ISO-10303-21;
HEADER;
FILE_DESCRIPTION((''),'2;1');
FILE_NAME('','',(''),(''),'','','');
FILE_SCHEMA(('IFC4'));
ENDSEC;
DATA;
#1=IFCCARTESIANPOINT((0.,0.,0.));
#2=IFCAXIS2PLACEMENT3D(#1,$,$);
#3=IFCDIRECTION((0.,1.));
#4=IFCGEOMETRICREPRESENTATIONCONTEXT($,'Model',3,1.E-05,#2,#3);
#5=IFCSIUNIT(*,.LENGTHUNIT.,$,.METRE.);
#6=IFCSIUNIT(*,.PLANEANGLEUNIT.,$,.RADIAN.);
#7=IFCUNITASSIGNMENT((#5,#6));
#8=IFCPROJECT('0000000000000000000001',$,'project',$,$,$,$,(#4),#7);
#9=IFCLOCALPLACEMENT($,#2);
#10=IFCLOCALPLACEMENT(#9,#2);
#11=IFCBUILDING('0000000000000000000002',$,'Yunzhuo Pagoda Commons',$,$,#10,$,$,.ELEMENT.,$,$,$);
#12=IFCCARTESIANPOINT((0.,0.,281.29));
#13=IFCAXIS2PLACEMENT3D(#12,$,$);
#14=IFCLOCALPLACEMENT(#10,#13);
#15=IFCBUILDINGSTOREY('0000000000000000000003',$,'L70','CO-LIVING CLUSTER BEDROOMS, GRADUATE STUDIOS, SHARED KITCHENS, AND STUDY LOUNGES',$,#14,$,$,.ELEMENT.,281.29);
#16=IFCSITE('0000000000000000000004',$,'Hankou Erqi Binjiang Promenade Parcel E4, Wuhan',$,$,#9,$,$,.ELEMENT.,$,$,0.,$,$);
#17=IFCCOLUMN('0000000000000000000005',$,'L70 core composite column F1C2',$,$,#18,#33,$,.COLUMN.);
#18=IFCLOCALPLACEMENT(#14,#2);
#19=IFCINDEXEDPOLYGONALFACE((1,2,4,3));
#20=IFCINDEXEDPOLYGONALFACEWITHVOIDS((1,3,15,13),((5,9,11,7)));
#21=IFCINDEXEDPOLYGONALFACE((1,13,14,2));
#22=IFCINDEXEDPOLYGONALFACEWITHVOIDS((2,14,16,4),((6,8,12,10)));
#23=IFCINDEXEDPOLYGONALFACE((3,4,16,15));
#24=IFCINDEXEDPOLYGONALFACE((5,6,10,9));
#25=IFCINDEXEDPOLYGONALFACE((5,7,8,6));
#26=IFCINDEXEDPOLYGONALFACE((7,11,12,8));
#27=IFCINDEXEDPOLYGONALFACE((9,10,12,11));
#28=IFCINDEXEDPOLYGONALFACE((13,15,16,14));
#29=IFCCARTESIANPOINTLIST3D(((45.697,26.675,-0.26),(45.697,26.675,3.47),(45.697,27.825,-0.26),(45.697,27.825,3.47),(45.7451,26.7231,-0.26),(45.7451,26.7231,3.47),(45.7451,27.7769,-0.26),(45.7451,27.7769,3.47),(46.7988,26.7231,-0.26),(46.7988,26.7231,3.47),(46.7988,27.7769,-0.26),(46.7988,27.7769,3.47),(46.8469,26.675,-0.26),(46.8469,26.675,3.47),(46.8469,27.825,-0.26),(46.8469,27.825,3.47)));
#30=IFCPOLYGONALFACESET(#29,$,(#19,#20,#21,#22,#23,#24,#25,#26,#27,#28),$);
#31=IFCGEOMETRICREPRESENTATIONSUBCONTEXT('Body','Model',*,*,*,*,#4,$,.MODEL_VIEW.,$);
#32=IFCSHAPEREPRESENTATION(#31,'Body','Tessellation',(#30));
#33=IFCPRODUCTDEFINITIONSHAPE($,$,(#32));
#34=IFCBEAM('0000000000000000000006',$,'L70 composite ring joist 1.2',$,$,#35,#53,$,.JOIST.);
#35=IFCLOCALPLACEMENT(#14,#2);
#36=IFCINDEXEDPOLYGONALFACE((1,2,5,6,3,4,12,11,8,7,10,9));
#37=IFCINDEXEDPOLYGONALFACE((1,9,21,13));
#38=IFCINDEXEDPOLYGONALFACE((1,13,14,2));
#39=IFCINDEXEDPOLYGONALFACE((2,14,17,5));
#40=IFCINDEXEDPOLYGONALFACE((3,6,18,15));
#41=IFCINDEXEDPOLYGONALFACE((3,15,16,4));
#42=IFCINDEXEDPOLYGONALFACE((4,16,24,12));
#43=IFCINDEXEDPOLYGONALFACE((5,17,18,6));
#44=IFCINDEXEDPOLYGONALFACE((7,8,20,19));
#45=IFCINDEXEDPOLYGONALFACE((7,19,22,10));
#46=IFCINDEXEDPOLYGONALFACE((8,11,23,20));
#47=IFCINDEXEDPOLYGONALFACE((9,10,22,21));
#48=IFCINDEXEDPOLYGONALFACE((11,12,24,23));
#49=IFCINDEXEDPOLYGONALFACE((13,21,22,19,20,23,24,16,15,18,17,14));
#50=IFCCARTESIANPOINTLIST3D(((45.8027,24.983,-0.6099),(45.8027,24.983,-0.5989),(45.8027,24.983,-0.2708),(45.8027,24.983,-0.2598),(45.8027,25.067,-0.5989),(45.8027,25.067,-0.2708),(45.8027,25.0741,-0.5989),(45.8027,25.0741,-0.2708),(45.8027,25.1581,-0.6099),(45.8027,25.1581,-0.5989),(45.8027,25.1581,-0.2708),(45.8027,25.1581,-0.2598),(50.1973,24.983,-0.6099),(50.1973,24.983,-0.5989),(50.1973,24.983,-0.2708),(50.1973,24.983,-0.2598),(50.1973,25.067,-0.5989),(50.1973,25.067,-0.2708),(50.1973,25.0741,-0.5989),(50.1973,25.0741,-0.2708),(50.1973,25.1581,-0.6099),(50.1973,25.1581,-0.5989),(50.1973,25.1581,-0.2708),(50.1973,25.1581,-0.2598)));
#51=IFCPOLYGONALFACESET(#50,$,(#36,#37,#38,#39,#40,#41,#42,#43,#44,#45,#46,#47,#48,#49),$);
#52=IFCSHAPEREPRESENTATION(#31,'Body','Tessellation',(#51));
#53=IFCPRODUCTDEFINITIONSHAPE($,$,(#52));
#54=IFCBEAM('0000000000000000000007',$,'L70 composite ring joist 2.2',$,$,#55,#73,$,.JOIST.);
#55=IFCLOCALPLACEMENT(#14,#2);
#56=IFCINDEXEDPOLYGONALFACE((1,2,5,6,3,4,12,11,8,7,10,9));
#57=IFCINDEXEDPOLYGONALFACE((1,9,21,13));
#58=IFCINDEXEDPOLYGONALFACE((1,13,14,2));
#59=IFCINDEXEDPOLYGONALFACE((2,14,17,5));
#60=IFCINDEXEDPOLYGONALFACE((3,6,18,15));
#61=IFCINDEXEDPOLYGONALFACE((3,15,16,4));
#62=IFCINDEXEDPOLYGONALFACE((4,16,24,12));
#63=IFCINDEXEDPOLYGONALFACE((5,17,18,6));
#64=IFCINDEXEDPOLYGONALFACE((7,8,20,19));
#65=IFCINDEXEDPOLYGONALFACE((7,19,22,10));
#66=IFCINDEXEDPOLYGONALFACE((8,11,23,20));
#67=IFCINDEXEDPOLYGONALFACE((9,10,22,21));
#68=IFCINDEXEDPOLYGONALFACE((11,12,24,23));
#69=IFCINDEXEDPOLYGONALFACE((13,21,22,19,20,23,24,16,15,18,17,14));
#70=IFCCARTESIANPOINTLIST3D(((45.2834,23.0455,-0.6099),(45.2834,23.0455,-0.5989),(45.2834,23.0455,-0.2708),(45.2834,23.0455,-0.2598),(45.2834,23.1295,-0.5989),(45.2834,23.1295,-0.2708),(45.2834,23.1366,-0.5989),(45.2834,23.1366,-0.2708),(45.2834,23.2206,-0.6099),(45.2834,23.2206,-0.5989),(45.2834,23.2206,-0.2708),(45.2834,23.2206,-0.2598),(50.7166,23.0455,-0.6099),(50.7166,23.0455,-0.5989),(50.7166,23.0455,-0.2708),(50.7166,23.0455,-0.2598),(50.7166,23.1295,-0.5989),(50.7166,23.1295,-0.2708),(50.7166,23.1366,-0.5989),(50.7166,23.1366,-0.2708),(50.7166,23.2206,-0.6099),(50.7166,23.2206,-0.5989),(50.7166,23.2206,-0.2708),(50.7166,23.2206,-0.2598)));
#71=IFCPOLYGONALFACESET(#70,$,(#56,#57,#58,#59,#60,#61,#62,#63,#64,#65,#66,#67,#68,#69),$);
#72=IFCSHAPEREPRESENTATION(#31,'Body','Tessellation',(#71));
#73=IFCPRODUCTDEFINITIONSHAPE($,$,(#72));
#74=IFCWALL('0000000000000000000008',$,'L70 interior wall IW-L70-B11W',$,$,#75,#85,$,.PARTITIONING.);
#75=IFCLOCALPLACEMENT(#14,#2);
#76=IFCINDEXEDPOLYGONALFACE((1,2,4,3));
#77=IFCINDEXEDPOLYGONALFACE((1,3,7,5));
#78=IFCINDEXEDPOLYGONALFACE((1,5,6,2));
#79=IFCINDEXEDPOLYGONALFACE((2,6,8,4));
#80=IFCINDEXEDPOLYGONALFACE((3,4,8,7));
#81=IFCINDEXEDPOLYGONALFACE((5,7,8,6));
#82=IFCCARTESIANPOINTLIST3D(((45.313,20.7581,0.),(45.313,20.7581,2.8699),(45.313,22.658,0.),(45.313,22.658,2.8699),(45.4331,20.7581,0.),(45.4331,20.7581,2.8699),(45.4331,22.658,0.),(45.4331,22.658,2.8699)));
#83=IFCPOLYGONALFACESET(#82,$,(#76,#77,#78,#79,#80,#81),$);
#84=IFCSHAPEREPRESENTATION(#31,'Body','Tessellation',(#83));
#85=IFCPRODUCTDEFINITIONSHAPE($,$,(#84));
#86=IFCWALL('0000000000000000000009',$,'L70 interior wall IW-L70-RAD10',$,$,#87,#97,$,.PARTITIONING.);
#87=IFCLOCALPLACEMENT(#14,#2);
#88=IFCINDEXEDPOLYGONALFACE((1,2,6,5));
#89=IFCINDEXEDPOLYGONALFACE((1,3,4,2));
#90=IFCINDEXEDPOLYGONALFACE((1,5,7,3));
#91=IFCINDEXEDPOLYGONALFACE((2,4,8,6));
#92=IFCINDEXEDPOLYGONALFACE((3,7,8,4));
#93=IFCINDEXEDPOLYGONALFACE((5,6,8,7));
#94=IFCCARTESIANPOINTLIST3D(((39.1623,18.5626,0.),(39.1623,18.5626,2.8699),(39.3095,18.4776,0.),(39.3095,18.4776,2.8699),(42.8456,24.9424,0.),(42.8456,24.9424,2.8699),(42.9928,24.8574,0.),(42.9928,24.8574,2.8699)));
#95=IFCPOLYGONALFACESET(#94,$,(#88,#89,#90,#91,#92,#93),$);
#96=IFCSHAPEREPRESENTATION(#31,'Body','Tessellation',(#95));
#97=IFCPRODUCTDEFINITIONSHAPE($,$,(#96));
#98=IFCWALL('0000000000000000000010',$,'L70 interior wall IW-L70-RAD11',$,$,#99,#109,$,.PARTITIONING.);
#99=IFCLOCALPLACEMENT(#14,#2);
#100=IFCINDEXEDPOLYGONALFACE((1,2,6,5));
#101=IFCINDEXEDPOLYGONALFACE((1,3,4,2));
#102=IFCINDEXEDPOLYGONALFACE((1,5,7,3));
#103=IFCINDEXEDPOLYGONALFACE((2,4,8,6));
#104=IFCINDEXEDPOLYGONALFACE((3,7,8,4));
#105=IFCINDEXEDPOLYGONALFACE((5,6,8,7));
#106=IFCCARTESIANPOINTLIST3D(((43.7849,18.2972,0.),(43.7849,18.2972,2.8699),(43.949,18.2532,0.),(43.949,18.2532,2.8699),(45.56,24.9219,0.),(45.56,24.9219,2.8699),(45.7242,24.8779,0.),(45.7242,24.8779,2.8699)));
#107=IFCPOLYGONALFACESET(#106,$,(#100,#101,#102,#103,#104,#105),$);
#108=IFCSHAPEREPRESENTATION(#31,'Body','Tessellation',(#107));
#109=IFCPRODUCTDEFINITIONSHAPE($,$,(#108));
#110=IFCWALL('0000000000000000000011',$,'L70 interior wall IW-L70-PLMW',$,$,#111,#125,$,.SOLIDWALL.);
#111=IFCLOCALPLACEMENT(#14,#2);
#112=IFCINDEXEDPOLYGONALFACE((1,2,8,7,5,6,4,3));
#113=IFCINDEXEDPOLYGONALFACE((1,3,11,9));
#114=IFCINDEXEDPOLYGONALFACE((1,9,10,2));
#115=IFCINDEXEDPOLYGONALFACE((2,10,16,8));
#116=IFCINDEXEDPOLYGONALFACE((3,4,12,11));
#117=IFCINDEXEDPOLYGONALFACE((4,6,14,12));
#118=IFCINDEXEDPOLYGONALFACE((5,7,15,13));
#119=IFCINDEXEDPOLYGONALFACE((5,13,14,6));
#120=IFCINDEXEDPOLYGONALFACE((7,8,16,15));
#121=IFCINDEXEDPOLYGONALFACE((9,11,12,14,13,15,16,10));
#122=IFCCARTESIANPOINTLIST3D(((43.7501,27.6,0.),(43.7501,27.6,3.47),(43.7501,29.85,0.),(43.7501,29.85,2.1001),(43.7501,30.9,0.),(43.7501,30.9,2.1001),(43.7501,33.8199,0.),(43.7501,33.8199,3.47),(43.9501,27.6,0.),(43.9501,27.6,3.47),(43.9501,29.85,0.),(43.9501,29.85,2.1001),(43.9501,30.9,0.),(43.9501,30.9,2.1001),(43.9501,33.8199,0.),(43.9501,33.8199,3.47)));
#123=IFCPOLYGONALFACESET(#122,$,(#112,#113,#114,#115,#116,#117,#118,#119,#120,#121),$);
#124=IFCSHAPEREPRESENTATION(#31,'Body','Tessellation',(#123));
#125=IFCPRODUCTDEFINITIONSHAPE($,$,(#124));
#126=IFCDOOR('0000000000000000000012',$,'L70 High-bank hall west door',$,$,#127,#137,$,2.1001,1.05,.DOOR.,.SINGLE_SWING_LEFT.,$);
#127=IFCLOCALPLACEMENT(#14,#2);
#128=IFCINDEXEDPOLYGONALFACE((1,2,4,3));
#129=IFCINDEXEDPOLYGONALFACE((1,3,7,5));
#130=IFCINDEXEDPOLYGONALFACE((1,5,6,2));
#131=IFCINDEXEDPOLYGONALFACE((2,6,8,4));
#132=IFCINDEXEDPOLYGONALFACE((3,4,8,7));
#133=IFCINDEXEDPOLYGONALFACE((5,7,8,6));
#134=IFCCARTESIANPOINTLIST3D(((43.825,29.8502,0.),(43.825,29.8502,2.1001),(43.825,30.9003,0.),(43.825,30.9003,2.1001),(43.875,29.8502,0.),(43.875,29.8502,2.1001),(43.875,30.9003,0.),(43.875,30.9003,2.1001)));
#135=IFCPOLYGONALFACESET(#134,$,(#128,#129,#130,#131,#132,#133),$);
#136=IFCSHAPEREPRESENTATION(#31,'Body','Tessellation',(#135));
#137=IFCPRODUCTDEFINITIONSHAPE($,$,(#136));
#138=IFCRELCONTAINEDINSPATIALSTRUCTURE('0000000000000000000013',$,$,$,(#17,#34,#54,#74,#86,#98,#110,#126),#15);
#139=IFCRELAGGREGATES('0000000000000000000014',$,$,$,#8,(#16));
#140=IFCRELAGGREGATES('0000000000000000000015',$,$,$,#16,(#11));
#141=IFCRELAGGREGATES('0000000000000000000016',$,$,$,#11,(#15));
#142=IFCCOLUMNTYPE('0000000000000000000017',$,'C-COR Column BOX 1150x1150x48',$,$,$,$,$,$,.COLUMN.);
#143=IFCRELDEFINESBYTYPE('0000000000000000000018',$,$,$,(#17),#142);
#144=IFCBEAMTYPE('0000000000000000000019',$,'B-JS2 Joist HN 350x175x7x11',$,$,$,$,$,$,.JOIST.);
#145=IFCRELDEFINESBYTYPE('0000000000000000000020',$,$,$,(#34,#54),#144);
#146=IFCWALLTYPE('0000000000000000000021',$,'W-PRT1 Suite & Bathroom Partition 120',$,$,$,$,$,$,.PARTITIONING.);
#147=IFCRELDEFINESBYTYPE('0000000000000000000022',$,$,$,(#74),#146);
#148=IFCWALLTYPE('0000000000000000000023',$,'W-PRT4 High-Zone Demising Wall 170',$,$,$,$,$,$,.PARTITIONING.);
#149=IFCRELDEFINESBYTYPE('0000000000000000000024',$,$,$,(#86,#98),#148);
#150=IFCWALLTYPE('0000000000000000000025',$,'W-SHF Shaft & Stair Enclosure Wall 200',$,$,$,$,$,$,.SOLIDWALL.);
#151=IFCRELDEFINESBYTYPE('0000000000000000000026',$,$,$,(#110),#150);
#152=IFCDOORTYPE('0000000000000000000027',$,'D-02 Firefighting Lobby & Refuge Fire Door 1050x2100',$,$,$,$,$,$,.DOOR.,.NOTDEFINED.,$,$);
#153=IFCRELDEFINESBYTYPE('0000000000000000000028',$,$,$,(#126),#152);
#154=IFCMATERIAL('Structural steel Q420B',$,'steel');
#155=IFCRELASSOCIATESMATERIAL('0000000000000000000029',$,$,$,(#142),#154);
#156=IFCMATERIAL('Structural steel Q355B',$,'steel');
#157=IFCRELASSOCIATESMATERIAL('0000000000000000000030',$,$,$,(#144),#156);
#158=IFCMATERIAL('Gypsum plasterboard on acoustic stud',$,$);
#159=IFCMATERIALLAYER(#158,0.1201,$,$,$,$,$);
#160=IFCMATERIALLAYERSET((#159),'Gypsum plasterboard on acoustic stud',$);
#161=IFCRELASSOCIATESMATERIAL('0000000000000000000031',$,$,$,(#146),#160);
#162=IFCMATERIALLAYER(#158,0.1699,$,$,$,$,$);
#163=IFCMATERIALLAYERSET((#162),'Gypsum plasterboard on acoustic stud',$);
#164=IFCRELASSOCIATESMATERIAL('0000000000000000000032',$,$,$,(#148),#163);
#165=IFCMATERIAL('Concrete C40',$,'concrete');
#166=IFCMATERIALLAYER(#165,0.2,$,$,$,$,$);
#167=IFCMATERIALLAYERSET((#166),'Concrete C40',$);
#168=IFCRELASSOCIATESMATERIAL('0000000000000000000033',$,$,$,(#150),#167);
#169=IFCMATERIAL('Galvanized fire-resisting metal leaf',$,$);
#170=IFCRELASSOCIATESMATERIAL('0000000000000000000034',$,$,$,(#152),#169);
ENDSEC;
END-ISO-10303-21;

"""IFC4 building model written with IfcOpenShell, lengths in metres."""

from ifc_helpers import new_model, si_unit, direction, frame, frame_2d, origin, origin_2d, place, context, subcontext, project, spatial, rectangle, hollow_rectangle, i_section, extrude, source, transform, mapped, material, layer, layer_set, material_profile, profile_set, type_object, element, fill, save


model = new_model("IFC4")

# Units and contexts
model_context = context("Model", 3, precision=1e-05, world=origin(), true_north=direction((0.0, 1.0)))
body_context = subcontext(model_context, "Body", "Model", "MODEL_VIEW")
ifc_project = project(units=[si_unit("LENGTHUNIT", "METRE"), si_unit("PLANEANGLEUNIT", "RADIAN")], contexts=[model_context])

# Site, building, storey
site_placement = place(None, origin())
site = spatial("IfcSite", under=ifc_project, at=site_placement, Name="Hankou Erqi Binjiang Promenade Parcel E4, Wuhan", CompositionType="ELEMENT", RefElevation=0.0)
building_placement = place(site_placement, origin())
building = spatial("IfcBuilding", under=site, at=building_placement, Name="Yunzhuo Pagoda Commons", CompositionType="ELEMENT")
storey_placement = place(building_placement, frame((0.0, 0.0, 281.29)))
storey = spatial("IfcBuildingStorey", under=building, at=storey_placement, Name="L70", Description="CO-LIVING CLUSTER BEDROOMS, GRADUATE STUDIOS, SHARED KITCHENS, AND STUDY LOUNGES", CompositionType="ELEMENT", Elevation=281.29)

# Column
ifc_material_1 = material(Name="Structural steel Q420B", Category="steel")
ifc_material_profile_1 = material_profile(ifc_material_1, hollow_rectangle(XDim=1.1499, YDim=1.1499, WallThickness=0.0481, at=origin_2d()), Name="Structural steel Q420B")
ifc_profile_set_1 = profile_set([ifc_material_profile_1], Name="Structural steel Q420B")
column_type = type_object("IfcColumnType", Name="C-COR Column BOX 1150x1150x48", PredefinedType="COLUMN", material=ifc_profile_set_1)
shared_shape_1 = source(origin(), body_context, "Body", "SweptSolid", [
    extrude(hollow_rectangle(XDim=1.1499, YDim=1.1499, WallThickness=0.0481, at=origin_2d()), origin(), (0.0, 0.0, 1.0), 3.73),
])
column_placement = place(storey_placement, frame((46.272, 27.25, -0.26), z_axis=(0.0, 0.0, 1.0), x_axis=(1.0, 0.0, 0.0)))
element("IfcColumn", 1, at=column_placement, inside=storey, type_object=column_type, Name="L70 core composite column F1C2", PredefinedType="COLUMN", context=body_context, shape_type="MappedRepresentation", body=[
    mapped(shared_shape_1, transform((0.0, 0.0, 0.0), scale=1.0)),
])

# Beams
ifc_material_2 = material(Name="Structural steel Q355B", Category="steel")
ifc_material_profile_2 = material_profile(ifc_material_2, i_section(OverallWidth=0.175, OverallDepth=0.3501, WebThickness=0.0071, FlangeThickness=0.011, at=origin_2d()), Name="Structural steel Q355B")
ifc_profile_set_2 = profile_set([ifc_material_profile_2], Name="Structural steel Q355B")
beam_type = type_object("IfcBeamType", Name="B-JS2 Joist HN 350x175x7x11", PredefinedType="JOIST", material=ifc_profile_set_2)
shared_shape_2 = source(origin(), body_context, "Body", "SweptSolid", [
    extrude(i_section(OverallWidth=0.175, OverallDepth=0.3501, WebThickness=0.0071, FlangeThickness=0.011, at=origin_2d()), origin(), (0.0, 0.0, 1.0), 4.3945),
])
beam_1_placement = place(storey_placement, frame((45.8027, 25.0706, -0.4348), z_axis=(1.0, 0.0, 0.0), x_axis=(0.0, 1.0, 0.0)))
element("IfcBeam", 2, at=beam_1_placement, inside=storey, type_object=beam_type, Name="L70 composite ring joist 1.2", PredefinedType="JOIST", context=body_context, shape_type="MappedRepresentation", body=[
    mapped(shared_shape_2, transform((0.0, 0.0, 0.0), scale=1.0)),
])
shared_shape_3 = source(origin(), body_context, "Body", "SweptSolid", [
    extrude(i_section(OverallWidth=0.175, OverallDepth=0.3501, WebThickness=0.0071, FlangeThickness=0.011, at=origin_2d()), origin(), (0.0, 0.0, 1.0), 5.4331),
])
beam_2_placement = place(storey_placement, frame((45.2834, 23.1331, -0.4348), z_axis=(1.0, 0.0, 0.0), x_axis=(0.0, 1.0, 0.0)))
element("IfcBeam", 3, at=beam_2_placement, inside=storey, type_object=beam_type, Name="L70 composite ring joist 2.2", PredefinedType="JOIST", context=body_context, shape_type="MappedRepresentation", body=[
    mapped(shared_shape_3, transform((0.0, 0.0, 0.0), scale=1.0)),
])

# Shared definitions
ifc_material_3 = material(Name="Gypsum plasterboard on acoustic stud")
ifc_material_4 = material(Name="Galvanized fire-resisting metal leaf")

# Walls
ifc_layer_1 = layer(ifc_material_3, 0.1201)
ifc_layer_set_1 = layer_set([ifc_layer_1], Name="Gypsum plasterboard on acoustic stud")
wall_type_1 = type_object("IfcWallType", Name="W-PRT1 Suite & Bathroom Partition 120", PredefinedType="PARTITIONING", material=ifc_layer_set_1)
wall_1_placement = place(storey_placement, frame((45.373, 22.658, 0.0), z_axis=(0.0, 0.0, 1.0), x_axis=(0.0, -1.0, 0.0)))
element("IfcWall", 4, at=wall_1_placement, inside=storey, type_object=wall_type_1, Name="L70 interior wall IW-L70-B11W", PredefinedType="PARTITIONING", context=body_context, shape_type="SweptSolid", body=[
    extrude(rectangle(XDim=1.8999, YDim=0.1201, at=frame_2d((0.95, 0.0))), origin(), (0.0, 0.0, 1.0), 2.8699),
])
ifc_layer_2 = layer(ifc_material_3, 0.1699)
ifc_layer_set_2 = layer_set([ifc_layer_2], Name="Gypsum plasterboard on acoustic stud")
wall_type_2 = type_object("IfcWallType", Name="W-PRT4 High-Zone Demising Wall 170", PredefinedType="PARTITIONING", material=ifc_layer_set_2)
wall_2_placement = place(storey_placement, frame((42.9192, 24.8999, 0.0), z_axis=(0.0, 0.0, 1.0), x_axis=(-0.499992, -0.86603, 0.0)))
element("IfcWall", 5, at=wall_2_placement, inside=storey, type_object=wall_type_2, Name="L70 interior wall IW-L70-RAD10", PredefinedType="PARTITIONING", context=body_context, shape_type="SweptSolid", body=[
    extrude(rectangle(XDim=7.3667, YDim=0.1699, at=frame_2d((3.6833, 0.0))), origin(), (0.0, 0.0, 1.0), 2.8699),
])
wall_3_placement = place(storey_placement, frame((45.6421, 24.8999, 0.0), z_axis=(0.0, 0.0, 1.0), x_axis=(-0.258826, -0.965924, 0.0)))
element("IfcWall", 6, at=wall_3_placement, inside=storey, type_object=wall_type_2, Name="L70 interior wall IW-L70-RAD11", PredefinedType="PARTITIONING", context=body_context, shape_type="SweptSolid", body=[
    extrude(rectangle(XDim=6.8584, YDim=0.1699, at=frame_2d((3.4292, 0.0))), origin(), (0.0, 0.0, 1.0), 2.8699),
])

# Wall, opening, door
ifc_material_5 = material(Name="Concrete C40", Category="concrete")
ifc_layer_3 = layer(ifc_material_5, 0.2)
ifc_layer_set_3 = layer_set([ifc_layer_3], Name="Concrete C40")
wall_type_3 = type_object("IfcWallType", Name="W-SHF Shaft & Stair Enclosure Wall 200", PredefinedType="SOLIDWALL", material=ifc_layer_set_3)
wall_4_placement = place(storey_placement, frame((43.8501, 27.6001, 0.0), z_axis=(0.0, 0.0, 1.0), x_axis=(0.0, 1.0, 0.0)))
wall_4 = element("IfcWall", 7, at=wall_4_placement, inside=storey, type_object=wall_type_3, Name="L70 interior wall IW-L70-PLMW", PredefinedType="SOLIDWALL", context=body_context, shape_type="SweptSolid", body=[
    extrude(rectangle(XDim=6.22, YDim=0.2, at=frame_2d((3.1099, 0.0))), origin(), (0.0, 0.0, 1.0), 3.47),
])
opening_1_placement = place(wall_4_placement, frame((2.25, 0.0, 0.0)))
opening_1 = element("IfcOpeningElement", 8, at=opening_1_placement, cuts=wall_4, PredefinedType="OPENING", context=body_context, shape_type="SweptSolid", body=[
    extrude(rectangle(XDim=1.05, YDim=2.1001, at=frame_2d((0.5249, 1.05))), frame((0.0, 0.1099, 0.0), z_axis=(0.0, -1.0, 0.0), x_axis=(1.0, 0.0, 0.0)), (0.0, 0.0, 1.0), 0.22),
])
door_type_1 = type_object("IfcDoorType", Name="D-02 Firefighting Lobby & Refuge Fire Door 1050x2100", OperationType="NOTDEFINED", PredefinedType="DOOR", material=ifc_material_4)
shared_shape_4 = source(origin(), body_context, "Body", "SweptSolid", [
    extrude(rectangle(XDim=1.05, YDim=2.1001, at=frame_2d((0.5249, 1.05))), frame((0.0, 0.0249, 0.0), z_axis=(0.0, -1.0, 0.0), x_axis=(1.0, 0.0, 0.0)), (0.0, 0.0, 1.0), 0.05),
])
door_1_placement = place(opening_1_placement, frame((1.05, 0.0, 0.0), z_axis=(0.0, 0.0, 1.0), x_axis=(-1.0, 0.0, 0.0)))
door_1 = element("IfcDoor", 9, at=door_1_placement, inside=storey, type_object=door_type_1, Name="L70 High-bank hall west door", OperationType="SINGLE_SWING_LEFT", OverallHeight=2.1001, OverallWidth=1.05, PredefinedType="DOOR", context=body_context, shape_type="MappedRepresentation", body=[
    mapped(shared_shape_4, transform((0.0, 0.0, 0.0), scale=1.0)),
])
fill(opening_1, door_1)

save(model, "model.ifc")
